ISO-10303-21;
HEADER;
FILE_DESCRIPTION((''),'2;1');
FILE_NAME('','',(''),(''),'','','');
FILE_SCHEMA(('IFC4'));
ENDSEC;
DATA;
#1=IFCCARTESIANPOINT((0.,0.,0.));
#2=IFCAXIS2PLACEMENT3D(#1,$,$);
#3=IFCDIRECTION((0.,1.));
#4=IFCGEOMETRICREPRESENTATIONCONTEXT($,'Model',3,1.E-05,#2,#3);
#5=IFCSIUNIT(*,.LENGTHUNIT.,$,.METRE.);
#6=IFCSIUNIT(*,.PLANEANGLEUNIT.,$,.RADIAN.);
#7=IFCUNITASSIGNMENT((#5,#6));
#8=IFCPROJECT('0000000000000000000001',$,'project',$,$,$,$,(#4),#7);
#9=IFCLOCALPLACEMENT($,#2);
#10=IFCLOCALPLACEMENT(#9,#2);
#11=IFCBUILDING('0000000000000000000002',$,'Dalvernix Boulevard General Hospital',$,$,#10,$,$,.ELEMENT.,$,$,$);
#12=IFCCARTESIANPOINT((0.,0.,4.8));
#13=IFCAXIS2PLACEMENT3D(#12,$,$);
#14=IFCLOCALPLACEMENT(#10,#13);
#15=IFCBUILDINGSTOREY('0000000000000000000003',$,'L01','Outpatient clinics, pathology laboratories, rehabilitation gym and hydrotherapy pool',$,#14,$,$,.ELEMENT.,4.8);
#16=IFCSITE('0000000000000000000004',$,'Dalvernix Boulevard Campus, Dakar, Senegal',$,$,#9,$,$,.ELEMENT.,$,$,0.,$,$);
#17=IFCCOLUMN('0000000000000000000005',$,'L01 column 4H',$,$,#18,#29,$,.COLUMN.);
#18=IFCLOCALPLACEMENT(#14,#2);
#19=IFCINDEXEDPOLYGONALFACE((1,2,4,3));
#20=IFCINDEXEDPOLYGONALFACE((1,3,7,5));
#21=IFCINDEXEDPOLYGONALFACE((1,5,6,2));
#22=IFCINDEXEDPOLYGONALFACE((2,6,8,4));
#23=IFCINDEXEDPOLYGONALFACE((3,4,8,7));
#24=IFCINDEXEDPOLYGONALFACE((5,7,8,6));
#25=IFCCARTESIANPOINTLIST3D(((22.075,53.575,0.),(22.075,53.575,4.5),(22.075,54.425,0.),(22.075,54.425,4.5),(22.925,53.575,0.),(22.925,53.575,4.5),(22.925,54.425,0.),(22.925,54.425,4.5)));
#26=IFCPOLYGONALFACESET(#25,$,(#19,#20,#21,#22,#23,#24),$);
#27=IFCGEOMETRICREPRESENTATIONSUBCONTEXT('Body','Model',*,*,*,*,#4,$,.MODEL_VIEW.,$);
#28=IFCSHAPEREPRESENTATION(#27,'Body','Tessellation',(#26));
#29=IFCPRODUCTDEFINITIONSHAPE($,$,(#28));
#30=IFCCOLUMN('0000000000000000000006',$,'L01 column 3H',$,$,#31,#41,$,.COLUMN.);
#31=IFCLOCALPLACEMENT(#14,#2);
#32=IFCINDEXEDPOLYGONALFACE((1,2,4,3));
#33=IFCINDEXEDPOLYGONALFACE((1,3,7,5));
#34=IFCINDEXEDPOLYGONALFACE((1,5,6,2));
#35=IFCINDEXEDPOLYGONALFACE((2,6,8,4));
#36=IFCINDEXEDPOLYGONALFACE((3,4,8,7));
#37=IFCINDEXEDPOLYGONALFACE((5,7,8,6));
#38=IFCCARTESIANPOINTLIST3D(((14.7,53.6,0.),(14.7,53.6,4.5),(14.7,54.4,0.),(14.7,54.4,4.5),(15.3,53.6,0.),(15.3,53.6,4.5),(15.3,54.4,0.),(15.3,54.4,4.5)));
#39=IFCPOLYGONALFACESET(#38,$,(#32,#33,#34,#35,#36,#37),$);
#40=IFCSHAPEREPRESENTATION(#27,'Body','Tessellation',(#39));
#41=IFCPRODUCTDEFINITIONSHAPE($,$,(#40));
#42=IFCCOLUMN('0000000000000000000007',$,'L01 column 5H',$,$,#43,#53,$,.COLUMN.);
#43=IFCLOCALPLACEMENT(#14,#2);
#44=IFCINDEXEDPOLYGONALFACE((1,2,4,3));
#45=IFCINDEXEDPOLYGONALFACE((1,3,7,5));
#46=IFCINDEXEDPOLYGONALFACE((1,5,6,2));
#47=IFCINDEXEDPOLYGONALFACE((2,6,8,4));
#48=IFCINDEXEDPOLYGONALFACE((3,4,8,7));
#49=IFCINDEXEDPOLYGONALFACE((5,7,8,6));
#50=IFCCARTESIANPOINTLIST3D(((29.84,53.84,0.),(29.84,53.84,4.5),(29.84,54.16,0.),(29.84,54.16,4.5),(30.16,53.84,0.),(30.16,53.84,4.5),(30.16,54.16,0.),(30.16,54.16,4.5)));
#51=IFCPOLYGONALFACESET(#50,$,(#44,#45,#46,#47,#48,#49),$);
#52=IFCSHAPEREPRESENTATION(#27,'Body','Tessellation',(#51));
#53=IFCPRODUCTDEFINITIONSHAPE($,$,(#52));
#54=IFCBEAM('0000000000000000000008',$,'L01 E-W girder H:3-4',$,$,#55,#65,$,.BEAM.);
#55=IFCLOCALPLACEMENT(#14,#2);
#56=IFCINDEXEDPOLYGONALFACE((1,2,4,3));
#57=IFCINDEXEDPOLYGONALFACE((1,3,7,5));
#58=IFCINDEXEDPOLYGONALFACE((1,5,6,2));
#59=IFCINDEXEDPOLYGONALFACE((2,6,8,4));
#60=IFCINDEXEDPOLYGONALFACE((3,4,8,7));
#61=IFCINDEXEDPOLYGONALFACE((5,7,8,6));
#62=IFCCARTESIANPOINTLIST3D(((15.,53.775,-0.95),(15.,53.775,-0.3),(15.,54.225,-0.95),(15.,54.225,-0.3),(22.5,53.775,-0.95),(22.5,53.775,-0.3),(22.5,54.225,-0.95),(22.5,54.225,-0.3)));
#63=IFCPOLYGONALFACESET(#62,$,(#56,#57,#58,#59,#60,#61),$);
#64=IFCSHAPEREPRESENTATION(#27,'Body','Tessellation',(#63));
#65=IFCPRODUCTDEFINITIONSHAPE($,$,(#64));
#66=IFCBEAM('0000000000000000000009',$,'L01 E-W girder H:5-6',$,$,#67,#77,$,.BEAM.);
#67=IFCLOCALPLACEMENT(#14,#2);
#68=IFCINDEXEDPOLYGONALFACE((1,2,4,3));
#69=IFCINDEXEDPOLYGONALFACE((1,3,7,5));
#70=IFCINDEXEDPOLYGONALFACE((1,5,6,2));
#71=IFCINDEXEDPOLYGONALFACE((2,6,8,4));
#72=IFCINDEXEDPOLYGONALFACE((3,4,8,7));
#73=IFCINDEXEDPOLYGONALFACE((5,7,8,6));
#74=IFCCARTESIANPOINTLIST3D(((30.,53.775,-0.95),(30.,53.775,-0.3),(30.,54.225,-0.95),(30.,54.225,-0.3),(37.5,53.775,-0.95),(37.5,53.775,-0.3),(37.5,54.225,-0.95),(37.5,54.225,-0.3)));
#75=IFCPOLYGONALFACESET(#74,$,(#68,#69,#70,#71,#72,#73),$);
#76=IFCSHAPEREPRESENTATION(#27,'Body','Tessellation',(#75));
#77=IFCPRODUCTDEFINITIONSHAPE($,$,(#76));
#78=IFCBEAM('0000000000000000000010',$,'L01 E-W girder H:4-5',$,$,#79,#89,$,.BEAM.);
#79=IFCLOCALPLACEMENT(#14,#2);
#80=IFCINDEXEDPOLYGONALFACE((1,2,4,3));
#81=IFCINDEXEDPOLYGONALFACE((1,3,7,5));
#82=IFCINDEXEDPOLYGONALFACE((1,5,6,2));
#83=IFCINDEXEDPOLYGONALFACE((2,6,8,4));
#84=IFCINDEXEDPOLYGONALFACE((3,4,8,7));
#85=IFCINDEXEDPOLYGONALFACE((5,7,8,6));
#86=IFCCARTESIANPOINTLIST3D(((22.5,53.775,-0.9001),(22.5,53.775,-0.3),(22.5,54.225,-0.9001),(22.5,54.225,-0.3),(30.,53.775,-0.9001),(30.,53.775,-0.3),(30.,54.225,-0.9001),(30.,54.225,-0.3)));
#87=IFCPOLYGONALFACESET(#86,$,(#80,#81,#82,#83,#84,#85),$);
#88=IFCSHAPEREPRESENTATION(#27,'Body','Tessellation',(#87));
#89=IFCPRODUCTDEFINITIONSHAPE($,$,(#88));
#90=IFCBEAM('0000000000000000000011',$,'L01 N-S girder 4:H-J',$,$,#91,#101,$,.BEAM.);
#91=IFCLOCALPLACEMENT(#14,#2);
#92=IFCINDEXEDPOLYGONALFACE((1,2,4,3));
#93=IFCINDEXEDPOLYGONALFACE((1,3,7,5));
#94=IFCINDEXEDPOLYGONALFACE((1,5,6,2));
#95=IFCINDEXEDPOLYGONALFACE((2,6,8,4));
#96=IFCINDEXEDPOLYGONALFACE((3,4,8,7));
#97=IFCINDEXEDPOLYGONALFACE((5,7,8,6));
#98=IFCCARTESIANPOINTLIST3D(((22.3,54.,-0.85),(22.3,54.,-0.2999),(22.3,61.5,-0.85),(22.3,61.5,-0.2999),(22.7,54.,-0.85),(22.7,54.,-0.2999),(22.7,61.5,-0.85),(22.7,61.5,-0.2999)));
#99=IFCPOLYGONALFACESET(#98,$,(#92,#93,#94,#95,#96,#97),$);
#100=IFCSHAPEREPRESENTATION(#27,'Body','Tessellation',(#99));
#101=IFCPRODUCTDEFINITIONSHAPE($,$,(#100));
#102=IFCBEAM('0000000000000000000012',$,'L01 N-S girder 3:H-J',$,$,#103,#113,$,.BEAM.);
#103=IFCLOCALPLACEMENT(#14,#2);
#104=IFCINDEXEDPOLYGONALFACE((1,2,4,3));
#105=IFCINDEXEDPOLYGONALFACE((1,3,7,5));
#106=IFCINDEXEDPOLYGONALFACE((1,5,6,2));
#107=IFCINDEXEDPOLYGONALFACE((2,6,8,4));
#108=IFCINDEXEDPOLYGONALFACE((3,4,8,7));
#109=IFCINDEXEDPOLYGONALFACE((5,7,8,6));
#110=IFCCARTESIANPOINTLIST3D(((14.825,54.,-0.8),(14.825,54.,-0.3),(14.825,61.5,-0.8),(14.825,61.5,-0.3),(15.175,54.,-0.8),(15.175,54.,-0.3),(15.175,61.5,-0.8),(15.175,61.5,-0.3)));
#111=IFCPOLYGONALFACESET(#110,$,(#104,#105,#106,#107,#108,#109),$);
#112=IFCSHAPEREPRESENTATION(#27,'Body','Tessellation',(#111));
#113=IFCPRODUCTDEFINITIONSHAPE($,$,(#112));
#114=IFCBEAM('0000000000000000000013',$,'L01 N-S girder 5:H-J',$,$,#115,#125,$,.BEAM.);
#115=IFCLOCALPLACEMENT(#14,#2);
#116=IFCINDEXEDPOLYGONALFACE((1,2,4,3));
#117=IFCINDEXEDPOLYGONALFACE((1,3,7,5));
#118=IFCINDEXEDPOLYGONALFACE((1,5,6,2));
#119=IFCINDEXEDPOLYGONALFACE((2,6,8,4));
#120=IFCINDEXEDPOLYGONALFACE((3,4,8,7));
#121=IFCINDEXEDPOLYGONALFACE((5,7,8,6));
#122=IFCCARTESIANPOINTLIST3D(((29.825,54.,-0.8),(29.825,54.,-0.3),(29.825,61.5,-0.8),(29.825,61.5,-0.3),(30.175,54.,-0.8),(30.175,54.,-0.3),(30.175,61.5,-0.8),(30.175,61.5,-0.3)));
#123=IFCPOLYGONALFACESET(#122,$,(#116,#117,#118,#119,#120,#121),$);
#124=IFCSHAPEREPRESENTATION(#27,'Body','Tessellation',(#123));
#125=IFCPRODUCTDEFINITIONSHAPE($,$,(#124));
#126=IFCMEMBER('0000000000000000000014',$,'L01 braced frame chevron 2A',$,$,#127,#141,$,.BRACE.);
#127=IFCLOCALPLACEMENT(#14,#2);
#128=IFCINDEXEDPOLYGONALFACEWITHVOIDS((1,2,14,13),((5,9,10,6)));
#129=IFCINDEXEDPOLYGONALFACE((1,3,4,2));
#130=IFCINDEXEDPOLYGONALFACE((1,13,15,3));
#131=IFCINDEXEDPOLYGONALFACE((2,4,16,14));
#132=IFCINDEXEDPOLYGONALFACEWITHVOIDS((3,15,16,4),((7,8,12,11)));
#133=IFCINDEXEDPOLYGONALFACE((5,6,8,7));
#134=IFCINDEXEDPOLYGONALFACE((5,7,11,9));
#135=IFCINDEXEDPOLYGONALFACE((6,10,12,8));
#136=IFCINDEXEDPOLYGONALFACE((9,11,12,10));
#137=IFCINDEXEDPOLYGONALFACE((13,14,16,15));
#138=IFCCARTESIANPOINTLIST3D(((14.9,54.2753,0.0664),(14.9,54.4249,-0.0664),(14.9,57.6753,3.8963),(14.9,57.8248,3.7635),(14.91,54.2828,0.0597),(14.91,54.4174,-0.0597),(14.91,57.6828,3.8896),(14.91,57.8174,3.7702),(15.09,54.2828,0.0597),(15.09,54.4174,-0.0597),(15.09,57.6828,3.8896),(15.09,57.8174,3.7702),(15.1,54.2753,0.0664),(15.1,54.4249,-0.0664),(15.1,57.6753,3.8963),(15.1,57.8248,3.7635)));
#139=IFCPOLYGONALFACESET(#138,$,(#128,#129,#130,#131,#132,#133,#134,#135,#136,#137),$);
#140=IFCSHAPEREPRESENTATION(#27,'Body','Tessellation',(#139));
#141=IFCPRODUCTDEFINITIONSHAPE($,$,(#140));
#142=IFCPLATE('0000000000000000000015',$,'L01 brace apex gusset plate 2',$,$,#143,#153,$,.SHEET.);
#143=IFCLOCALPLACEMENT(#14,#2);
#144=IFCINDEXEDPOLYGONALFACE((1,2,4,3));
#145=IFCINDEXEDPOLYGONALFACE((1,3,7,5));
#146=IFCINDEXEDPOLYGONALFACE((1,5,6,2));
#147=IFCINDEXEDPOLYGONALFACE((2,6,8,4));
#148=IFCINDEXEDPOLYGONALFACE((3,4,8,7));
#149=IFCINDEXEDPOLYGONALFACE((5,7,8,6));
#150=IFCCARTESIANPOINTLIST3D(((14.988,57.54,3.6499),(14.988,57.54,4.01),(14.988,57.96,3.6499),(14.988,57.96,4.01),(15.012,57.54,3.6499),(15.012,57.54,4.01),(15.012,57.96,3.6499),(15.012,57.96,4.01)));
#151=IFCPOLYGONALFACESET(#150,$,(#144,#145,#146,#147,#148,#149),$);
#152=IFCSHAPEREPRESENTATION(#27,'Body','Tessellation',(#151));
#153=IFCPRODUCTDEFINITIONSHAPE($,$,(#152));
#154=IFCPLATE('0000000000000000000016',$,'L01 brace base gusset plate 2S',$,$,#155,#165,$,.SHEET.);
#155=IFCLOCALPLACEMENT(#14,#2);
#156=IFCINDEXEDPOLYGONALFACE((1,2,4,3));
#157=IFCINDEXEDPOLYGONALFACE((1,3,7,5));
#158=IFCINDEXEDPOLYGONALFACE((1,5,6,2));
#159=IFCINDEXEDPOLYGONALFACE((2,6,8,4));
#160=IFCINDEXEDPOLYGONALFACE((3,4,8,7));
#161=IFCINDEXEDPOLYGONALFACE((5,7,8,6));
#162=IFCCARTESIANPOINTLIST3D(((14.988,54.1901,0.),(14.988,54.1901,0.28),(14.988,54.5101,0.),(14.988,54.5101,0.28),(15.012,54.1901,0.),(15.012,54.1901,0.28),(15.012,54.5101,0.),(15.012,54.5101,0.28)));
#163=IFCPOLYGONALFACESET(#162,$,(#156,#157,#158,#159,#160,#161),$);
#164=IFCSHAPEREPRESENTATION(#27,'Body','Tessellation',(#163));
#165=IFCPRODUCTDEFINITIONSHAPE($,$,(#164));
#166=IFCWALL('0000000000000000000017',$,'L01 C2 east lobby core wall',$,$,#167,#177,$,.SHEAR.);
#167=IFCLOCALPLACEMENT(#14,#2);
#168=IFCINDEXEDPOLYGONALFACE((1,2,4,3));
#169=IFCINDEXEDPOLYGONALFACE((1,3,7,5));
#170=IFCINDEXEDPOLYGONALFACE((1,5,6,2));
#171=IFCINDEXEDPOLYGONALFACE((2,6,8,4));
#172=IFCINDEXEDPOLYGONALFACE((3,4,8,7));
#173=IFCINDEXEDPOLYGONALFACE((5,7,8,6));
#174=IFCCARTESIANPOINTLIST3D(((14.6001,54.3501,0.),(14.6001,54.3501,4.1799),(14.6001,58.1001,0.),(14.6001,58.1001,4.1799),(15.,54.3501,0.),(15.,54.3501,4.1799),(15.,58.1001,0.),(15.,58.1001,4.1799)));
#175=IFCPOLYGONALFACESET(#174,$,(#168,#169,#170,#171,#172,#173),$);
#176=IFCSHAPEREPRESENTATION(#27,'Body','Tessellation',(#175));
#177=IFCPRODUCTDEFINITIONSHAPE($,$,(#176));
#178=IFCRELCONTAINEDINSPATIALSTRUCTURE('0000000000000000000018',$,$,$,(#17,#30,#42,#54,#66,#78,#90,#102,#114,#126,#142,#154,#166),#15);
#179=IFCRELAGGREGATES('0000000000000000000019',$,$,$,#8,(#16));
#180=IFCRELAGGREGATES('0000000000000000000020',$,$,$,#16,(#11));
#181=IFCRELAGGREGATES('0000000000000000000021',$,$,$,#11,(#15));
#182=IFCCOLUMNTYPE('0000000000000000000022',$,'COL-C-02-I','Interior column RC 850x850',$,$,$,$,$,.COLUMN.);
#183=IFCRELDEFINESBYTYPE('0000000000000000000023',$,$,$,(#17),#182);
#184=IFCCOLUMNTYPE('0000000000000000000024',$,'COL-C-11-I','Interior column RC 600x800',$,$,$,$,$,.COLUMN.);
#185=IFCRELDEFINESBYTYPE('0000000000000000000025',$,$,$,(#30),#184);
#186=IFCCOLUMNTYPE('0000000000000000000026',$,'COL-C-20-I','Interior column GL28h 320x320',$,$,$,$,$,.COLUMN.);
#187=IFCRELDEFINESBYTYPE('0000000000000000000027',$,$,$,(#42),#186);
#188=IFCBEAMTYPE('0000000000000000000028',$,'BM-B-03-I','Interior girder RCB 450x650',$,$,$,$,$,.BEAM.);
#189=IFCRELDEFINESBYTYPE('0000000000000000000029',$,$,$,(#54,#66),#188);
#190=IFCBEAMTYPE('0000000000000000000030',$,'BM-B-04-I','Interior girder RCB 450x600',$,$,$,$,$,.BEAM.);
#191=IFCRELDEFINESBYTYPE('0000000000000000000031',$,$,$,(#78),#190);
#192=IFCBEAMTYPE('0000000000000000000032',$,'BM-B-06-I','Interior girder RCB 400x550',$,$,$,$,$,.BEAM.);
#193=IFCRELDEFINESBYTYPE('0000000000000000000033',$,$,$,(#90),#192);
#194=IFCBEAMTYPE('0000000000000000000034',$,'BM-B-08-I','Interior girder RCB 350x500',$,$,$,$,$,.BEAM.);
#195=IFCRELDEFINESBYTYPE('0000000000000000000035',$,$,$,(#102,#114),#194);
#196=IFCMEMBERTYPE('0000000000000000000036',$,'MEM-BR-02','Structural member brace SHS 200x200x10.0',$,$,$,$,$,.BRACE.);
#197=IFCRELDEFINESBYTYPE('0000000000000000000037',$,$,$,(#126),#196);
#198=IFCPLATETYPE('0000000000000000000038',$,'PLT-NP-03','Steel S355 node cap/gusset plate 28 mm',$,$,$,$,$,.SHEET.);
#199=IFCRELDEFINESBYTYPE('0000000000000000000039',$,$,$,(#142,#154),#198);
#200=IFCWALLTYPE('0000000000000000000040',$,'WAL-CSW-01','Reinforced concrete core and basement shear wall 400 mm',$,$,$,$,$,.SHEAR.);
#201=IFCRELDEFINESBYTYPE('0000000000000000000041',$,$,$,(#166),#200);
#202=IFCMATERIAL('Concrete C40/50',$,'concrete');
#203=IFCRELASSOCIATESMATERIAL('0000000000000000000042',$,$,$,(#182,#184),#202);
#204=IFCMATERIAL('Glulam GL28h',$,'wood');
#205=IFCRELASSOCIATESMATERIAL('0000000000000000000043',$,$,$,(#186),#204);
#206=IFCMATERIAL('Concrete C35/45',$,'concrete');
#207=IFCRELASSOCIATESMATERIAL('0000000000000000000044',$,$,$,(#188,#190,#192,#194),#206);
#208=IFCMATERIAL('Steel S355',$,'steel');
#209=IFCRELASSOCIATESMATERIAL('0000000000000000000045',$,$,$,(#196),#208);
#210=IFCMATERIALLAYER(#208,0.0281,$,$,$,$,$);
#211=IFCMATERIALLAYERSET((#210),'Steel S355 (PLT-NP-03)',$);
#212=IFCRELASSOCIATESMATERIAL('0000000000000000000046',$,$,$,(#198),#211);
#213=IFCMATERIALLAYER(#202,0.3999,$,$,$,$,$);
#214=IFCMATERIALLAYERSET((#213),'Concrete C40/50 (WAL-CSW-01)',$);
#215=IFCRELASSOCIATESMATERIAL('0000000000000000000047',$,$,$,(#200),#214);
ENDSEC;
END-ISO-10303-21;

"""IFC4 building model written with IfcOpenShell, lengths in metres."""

from ifc_helpers import new_model, si_unit, direction, frame, frame_2d, origin, origin_2d, place, context, subcontext, project, spatial, rectangle, hollow_rectangle, extrude, material, layer, layer_set, material_profile, profile_set, type_object, element, save


model = new_model("IFC4")

# Units and contexts
model_context = context("Model", 3, precision=1e-05, world=origin(), true_north=direction((0.0, 1.0)))
body_context = subcontext(model_context, "Body", "Model", "MODEL_VIEW")
ifc_project = project(units=[si_unit("LENGTHUNIT", "METRE"), si_unit("PLANEANGLEUNIT", "RADIAN")], contexts=[model_context])

# Site, building, storey
site_placement = place(None, origin())
site = spatial("IfcSite", under=ifc_project, at=site_placement, Name="Dalvernix Boulevard Campus, Dakar, Senegal", CompositionType="ELEMENT", RefElevation=0.0)
building_placement = place(site_placement, origin())
building = spatial("IfcBuilding", under=site, at=building_placement, Name="Dalvernix Boulevard General Hospital", CompositionType="ELEMENT")
storey_placement = place(building_placement, frame((0.0, 0.0, 4.8)))
storey = spatial("IfcBuildingStorey", under=building, at=storey_placement, Name="L01", Description="Outpatient clinics, pathology laboratories, rehabilitation gym and hydrotherapy pool", CompositionType="ELEMENT", Elevation=4.8)

# Columns
ifc_material_1 = material(Name="Concrete C40/50", Category="concrete")
ifc_material_profile_1 = material_profile(ifc_material_1, rectangle(XDim=0.8501, YDim=0.8501, at=origin_2d()), Name="RC 850x850")
ifc_profile_set_1 = profile_set([ifc_material_profile_1], Name="Concrete C40/50")
column_type_1 = type_object("IfcColumnType", Name="COL-C-02-I", Description="Interior column RC 850x850", PredefinedType="COLUMN", material=ifc_profile_set_1)
column_1_placement = place(storey_placement, frame((22.5, 54.0, 0.0), z_axis=(0.0, 0.0, 1.0), x_axis=(1.0, 0.0, 0.0)))
element("IfcColumn", 1, at=column_1_placement, inside=storey, type_object=column_type_1, Name="L01 column 4H", PredefinedType="COLUMN", context=body_context, shape_type="SweptSolid", body=[
    extrude(rectangle(XDim=0.8501, YDim=0.8501, at=origin_2d()), origin(), (0.0, 0.0, 1.0), 4.5),
])
ifc_material_profile_2 = material_profile(ifc_material_1, rectangle(XDim=0.6001, YDim=0.8, at=origin_2d()), Name="RC 600x800")
ifc_profile_set_2 = profile_set([ifc_material_profile_2], Name="Concrete C40/50")
column_type_2 = type_object("IfcColumnType", Name="COL-C-11-I", Description="Interior column RC 600x800", PredefinedType="COLUMN", material=ifc_profile_set_2)
column_2_placement = place(storey_placement, frame((15.0, 54.0, 0.0), z_axis=(0.0, 0.0, 1.0), x_axis=(1.0, 0.0, 0.0)))
element("IfcColumn", 2, at=column_2_placement, inside=storey, type_object=column_type_2, Name="L01 column 3H", PredefinedType="COLUMN", context=body_context, shape_type="SweptSolid", body=[
    extrude(rectangle(XDim=0.6001, YDim=0.8, at=origin_2d()), origin(), (0.0, 0.0, 1.0), 4.5),
])
ifc_material_2 = material(Name="Glulam GL28h", Category="wood")
ifc_material_profile_3 = material_profile(ifc_material_2, rectangle(XDim=0.3201, YDim=0.3201, at=origin_2d()), Name="GL28h 320x320")
ifc_profile_set_3 = profile_set([ifc_material_profile_3], Name="Glulam GL28h")
column_type_3 = type_object("IfcColumnType", Name="COL-C-20-I", Description="Interior column GL28h 320x320", PredefinedType="COLUMN", material=ifc_profile_set_3)
column_3_placement = place(storey_placement, frame((30.0, 54.0, 0.0), z_axis=(0.0, 0.0, 1.0), x_axis=(1.0, 0.0, 0.0)))
element("IfcColumn", 3, at=column_3_placement, inside=storey, type_object=column_type_3, Name="L01 column 5H", PredefinedType="COLUMN", context=body_context, shape_type="SweptSolid", body=[
    extrude(rectangle(XDim=0.3201, YDim=0.3201, at=origin_2d()), origin(), (0.0, 0.0, 1.0), 4.5),
])

# Beams
ifc_material_3 = material(Name="Concrete C35/45", Category="concrete")
ifc_material_profile_4 = material_profile(ifc_material_3, rectangle(XDim=0.45, YDim=0.6499, at=origin_2d()), Name="RCB 450x650")
ifc_profile_set_4 = profile_set([ifc_material_profile_4], Name="Concrete C35/45")
beam_type_1 = type_object("IfcBeamType", Name="BM-B-03-I", Description="Interior girder RCB 450x650", PredefinedType="BEAM", material=ifc_profile_set_4)
for number, where, z_axis, x_axis, name in (
    (4, (15.0, 54.0, -0.625), (1.0, 0.0, 0.0), (0.0, 1.0, 0.0), "L01 E-W girder H:3-4"),
    (5, (30.0, 54.0, -0.625), (1.0, 0.0, 0.0), (0.0, 1.0, 0.0), "L01 E-W girder H:5-6"),
):
    element("IfcBeam", number, at=place(storey_placement, frame(where, z_axis=z_axis, x_axis=x_axis)), inside=storey, type_object=beam_type_1, Name=name, PredefinedType="BEAM", context=body_context, shape_type="SweptSolid", body=[
        extrude(rectangle(XDim=0.45, YDim=0.6499, at=origin_2d()), origin(), (0.0, 0.0, 1.0), 7.5),
    ])
ifc_material_profile_5 = material_profile(ifc_material_3, rectangle(XDim=0.45, YDim=0.6001, at=origin_2d()), Name="RCB 450x600")
ifc_profile_set_5 = profile_set([ifc_material_profile_5], Name="Concrete C35/45")
beam_type_2 = type_object("IfcBeamType", Name="BM-B-04-I", Description="Interior girder RCB 450x600", PredefinedType="BEAM", material=ifc_profile_set_5)
beam_1_placement = place(storey_placement, frame((22.5, 54.0, -0.6001), z_axis=(1.0, 0.0, 0.0), x_axis=(0.0, 1.0, 0.0)))
element("IfcBeam", 6, at=beam_1_placement, inside=storey, type_object=beam_type_2, Name="L01 E-W girder H:4-5", PredefinedType="BEAM", context=body_context, shape_type="SweptSolid", body=[
    extrude(rectangle(XDim=0.45, YDim=0.6001, at=origin_2d()), origin(), (0.0, 0.0, 1.0), 7.5),
])
ifc_material_profile_6 = material_profile(ifc_material_3, rectangle(XDim=0.3999, YDim=0.55, at=origin_2d()), Name="RCB 400x550")
ifc_profile_set_6 = profile_set([ifc_material_profile_6], Name="Concrete C35/45")
beam_type_3 = type_object("IfcBeamType", Name="BM-B-06-I", Description="Interior girder RCB 400x550", PredefinedType="BEAM", material=ifc_profile_set_6)
beam_2_placement = place(storey_placement, frame((22.5, 54.0, -0.575), z_axis=(0.0, 1.0, 0.0), x_axis=(-1.0, 0.0, 0.0)))
element("IfcBeam", 7, at=beam_2_placement, inside=storey, type_object=beam_type_3, Name="L01 N-S girder 4:H-J", PredefinedType="BEAM", context=body_context, shape_type="SweptSolid", body=[
    extrude(rectangle(XDim=0.3999, YDim=0.55, at=origin_2d()), origin(), (0.0, 0.0, 1.0), 7.5),
])
ifc_material_profile_7 = material_profile(ifc_material_3, rectangle(XDim=0.3501, YDim=0.5, at=origin_2d()), Name="RCB 350x500")
ifc_profile_set_7 = profile_set([ifc_material_profile_7], Name="Concrete C35/45")
beam_type_4 = type_object("IfcBeamType", Name="BM-B-08-I", Description="Interior girder RCB 350x500", PredefinedType="BEAM", material=ifc_profile_set_7)
for number, where, z_axis, x_axis, name in (
    (8, (15.0, 54.0, -0.55), (0.0, 1.0, 0.0), (-1.0, 0.0, 0.0), "L01 N-S girder 3:H-J"),
    (9, (30.0, 54.0, -0.55), (0.0, 1.0, 0.0), (-1.0, 0.0, 0.0), "L01 N-S girder 5:H-J"),
):
    element("IfcBeam", number, at=place(storey_placement, frame(where, z_axis=z_axis, x_axis=x_axis)), inside=storey, type_object=beam_type_4, Name=name, PredefinedType="BEAM", context=body_context, shape_type="SweptSolid", body=[
        extrude(rectangle(XDim=0.3501, YDim=0.5, at=origin_2d()), origin(), (0.0, 0.0, 1.0), 7.5),
    ])

# Member
ifc_material_4 = material(Name="Steel S355", Category="steel")
ifc_material_profile_8 = material_profile(ifc_material_4, hollow_rectangle(XDim=0.2, YDim=0.2, WallThickness=0.01, at=origin_2d()), Name="SHS 200x200x10.0")
ifc_profile_set_8 = profile_set([ifc_material_profile_8], Name="Steel S355")
member_type = type_object("IfcMemberType", Name="MEM-BR-02", Description="Structural member brace SHS 200x200x10.0", PredefinedType="BRACE", material=ifc_profile_set_8)
member_placement = place(storey_placement, frame((15.0, 54.3501, 0.0), z_axis=(0.0, 0.663884, 0.747835), x_axis=(-1.0, 0.0, 0.0)))
element("IfcMember", 10, at=member_placement, inside=storey, type_object=member_type, Name="L01 braced frame chevron 2A", PredefinedType="BRACE", context=body_context, shape_type="SweptSolid", body=[
    extrude(hollow_rectangle(XDim=0.2, YDim=0.2, WallThickness=0.01, at=origin_2d()), origin(), (0.0, 0.0, 1.0), 5.1213),
])

# Plates
ifc_layer_1 = layer(ifc_material_4, 0.0281)
ifc_layer_set_1 = layer_set([ifc_layer_1], Name="Steel S355 (PLT-NP-03)")
plate_type = type_object("IfcPlateType", Name="PLT-NP-03", Description="Steel S355 node cap/gusset plate 28 mm", PredefinedType="SHEET", material=ifc_layer_set_1)
plate_1_placement = place(storey_placement, frame((15.0, 57.75, 3.6499), z_axis=(0.0, 0.0, 1.0), x_axis=(0.0, 1.0, 0.0)))
element("IfcPlate", 11, at=plate_1_placement, inside=storey, type_object=plate_type, Name="L01 brace apex gusset plate 2", PredefinedType="SHEET", context=body_context, shape_type="SweptSolid", body=[
    extrude(rectangle(XDim=0.4199, YDim=0.0239, at=origin_2d()), origin(), (0.0, 0.0, 1.0), 0.3601),
])
plate_2_placement = place(storey_placement, frame((15.0, 54.3501, 0.0), z_axis=(0.0, 0.0, 1.0), x_axis=(0.0, 1.0, 0.0)))
element("IfcPlate", 12, at=plate_2_placement, inside=storey, type_object=plate_type, Name="L01 brace base gusset plate 2S", PredefinedType="SHEET", context=body_context, shape_type="SweptSolid", body=[
    extrude(rectangle(XDim=0.3201, YDim=0.0239, at=origin_2d()), origin(), (0.0, 0.0, 1.0), 0.28),
])

# Wall
ifc_layer_2 = layer(ifc_material_1, 0.3999)
ifc_layer_set_2 = layer_set([ifc_layer_2], Name="Concrete C40/50 (WAL-CSW-01)")
wall_type_1 = type_object("IfcWallType", Name="WAL-CSW-01", Description="Reinforced concrete core and basement shear wall 400 mm", PredefinedType="SHEAR", material=ifc_layer_set_2)
wall_1_placement = place(storey_placement, frame((14.8, 54.3501, 0.0), z_axis=(0.0, 0.0, 1.0), x_axis=(0.0, 1.0, 0.0)))
element("IfcWall", 13, at=wall_1_placement, inside=storey, type_object=wall_type_1, Name="L01 C2 east lobby core wall", PredefinedType="SHEAR", context=body_context, shape_type="SweptSolid", body=[
    extrude(rectangle(XDim=3.75, YDim=0.3999, at=frame_2d((1.875, 0.0))), origin(), (0.0, 0.0, 1.0), 4.1799),
])

save(model, "model.ifc")
